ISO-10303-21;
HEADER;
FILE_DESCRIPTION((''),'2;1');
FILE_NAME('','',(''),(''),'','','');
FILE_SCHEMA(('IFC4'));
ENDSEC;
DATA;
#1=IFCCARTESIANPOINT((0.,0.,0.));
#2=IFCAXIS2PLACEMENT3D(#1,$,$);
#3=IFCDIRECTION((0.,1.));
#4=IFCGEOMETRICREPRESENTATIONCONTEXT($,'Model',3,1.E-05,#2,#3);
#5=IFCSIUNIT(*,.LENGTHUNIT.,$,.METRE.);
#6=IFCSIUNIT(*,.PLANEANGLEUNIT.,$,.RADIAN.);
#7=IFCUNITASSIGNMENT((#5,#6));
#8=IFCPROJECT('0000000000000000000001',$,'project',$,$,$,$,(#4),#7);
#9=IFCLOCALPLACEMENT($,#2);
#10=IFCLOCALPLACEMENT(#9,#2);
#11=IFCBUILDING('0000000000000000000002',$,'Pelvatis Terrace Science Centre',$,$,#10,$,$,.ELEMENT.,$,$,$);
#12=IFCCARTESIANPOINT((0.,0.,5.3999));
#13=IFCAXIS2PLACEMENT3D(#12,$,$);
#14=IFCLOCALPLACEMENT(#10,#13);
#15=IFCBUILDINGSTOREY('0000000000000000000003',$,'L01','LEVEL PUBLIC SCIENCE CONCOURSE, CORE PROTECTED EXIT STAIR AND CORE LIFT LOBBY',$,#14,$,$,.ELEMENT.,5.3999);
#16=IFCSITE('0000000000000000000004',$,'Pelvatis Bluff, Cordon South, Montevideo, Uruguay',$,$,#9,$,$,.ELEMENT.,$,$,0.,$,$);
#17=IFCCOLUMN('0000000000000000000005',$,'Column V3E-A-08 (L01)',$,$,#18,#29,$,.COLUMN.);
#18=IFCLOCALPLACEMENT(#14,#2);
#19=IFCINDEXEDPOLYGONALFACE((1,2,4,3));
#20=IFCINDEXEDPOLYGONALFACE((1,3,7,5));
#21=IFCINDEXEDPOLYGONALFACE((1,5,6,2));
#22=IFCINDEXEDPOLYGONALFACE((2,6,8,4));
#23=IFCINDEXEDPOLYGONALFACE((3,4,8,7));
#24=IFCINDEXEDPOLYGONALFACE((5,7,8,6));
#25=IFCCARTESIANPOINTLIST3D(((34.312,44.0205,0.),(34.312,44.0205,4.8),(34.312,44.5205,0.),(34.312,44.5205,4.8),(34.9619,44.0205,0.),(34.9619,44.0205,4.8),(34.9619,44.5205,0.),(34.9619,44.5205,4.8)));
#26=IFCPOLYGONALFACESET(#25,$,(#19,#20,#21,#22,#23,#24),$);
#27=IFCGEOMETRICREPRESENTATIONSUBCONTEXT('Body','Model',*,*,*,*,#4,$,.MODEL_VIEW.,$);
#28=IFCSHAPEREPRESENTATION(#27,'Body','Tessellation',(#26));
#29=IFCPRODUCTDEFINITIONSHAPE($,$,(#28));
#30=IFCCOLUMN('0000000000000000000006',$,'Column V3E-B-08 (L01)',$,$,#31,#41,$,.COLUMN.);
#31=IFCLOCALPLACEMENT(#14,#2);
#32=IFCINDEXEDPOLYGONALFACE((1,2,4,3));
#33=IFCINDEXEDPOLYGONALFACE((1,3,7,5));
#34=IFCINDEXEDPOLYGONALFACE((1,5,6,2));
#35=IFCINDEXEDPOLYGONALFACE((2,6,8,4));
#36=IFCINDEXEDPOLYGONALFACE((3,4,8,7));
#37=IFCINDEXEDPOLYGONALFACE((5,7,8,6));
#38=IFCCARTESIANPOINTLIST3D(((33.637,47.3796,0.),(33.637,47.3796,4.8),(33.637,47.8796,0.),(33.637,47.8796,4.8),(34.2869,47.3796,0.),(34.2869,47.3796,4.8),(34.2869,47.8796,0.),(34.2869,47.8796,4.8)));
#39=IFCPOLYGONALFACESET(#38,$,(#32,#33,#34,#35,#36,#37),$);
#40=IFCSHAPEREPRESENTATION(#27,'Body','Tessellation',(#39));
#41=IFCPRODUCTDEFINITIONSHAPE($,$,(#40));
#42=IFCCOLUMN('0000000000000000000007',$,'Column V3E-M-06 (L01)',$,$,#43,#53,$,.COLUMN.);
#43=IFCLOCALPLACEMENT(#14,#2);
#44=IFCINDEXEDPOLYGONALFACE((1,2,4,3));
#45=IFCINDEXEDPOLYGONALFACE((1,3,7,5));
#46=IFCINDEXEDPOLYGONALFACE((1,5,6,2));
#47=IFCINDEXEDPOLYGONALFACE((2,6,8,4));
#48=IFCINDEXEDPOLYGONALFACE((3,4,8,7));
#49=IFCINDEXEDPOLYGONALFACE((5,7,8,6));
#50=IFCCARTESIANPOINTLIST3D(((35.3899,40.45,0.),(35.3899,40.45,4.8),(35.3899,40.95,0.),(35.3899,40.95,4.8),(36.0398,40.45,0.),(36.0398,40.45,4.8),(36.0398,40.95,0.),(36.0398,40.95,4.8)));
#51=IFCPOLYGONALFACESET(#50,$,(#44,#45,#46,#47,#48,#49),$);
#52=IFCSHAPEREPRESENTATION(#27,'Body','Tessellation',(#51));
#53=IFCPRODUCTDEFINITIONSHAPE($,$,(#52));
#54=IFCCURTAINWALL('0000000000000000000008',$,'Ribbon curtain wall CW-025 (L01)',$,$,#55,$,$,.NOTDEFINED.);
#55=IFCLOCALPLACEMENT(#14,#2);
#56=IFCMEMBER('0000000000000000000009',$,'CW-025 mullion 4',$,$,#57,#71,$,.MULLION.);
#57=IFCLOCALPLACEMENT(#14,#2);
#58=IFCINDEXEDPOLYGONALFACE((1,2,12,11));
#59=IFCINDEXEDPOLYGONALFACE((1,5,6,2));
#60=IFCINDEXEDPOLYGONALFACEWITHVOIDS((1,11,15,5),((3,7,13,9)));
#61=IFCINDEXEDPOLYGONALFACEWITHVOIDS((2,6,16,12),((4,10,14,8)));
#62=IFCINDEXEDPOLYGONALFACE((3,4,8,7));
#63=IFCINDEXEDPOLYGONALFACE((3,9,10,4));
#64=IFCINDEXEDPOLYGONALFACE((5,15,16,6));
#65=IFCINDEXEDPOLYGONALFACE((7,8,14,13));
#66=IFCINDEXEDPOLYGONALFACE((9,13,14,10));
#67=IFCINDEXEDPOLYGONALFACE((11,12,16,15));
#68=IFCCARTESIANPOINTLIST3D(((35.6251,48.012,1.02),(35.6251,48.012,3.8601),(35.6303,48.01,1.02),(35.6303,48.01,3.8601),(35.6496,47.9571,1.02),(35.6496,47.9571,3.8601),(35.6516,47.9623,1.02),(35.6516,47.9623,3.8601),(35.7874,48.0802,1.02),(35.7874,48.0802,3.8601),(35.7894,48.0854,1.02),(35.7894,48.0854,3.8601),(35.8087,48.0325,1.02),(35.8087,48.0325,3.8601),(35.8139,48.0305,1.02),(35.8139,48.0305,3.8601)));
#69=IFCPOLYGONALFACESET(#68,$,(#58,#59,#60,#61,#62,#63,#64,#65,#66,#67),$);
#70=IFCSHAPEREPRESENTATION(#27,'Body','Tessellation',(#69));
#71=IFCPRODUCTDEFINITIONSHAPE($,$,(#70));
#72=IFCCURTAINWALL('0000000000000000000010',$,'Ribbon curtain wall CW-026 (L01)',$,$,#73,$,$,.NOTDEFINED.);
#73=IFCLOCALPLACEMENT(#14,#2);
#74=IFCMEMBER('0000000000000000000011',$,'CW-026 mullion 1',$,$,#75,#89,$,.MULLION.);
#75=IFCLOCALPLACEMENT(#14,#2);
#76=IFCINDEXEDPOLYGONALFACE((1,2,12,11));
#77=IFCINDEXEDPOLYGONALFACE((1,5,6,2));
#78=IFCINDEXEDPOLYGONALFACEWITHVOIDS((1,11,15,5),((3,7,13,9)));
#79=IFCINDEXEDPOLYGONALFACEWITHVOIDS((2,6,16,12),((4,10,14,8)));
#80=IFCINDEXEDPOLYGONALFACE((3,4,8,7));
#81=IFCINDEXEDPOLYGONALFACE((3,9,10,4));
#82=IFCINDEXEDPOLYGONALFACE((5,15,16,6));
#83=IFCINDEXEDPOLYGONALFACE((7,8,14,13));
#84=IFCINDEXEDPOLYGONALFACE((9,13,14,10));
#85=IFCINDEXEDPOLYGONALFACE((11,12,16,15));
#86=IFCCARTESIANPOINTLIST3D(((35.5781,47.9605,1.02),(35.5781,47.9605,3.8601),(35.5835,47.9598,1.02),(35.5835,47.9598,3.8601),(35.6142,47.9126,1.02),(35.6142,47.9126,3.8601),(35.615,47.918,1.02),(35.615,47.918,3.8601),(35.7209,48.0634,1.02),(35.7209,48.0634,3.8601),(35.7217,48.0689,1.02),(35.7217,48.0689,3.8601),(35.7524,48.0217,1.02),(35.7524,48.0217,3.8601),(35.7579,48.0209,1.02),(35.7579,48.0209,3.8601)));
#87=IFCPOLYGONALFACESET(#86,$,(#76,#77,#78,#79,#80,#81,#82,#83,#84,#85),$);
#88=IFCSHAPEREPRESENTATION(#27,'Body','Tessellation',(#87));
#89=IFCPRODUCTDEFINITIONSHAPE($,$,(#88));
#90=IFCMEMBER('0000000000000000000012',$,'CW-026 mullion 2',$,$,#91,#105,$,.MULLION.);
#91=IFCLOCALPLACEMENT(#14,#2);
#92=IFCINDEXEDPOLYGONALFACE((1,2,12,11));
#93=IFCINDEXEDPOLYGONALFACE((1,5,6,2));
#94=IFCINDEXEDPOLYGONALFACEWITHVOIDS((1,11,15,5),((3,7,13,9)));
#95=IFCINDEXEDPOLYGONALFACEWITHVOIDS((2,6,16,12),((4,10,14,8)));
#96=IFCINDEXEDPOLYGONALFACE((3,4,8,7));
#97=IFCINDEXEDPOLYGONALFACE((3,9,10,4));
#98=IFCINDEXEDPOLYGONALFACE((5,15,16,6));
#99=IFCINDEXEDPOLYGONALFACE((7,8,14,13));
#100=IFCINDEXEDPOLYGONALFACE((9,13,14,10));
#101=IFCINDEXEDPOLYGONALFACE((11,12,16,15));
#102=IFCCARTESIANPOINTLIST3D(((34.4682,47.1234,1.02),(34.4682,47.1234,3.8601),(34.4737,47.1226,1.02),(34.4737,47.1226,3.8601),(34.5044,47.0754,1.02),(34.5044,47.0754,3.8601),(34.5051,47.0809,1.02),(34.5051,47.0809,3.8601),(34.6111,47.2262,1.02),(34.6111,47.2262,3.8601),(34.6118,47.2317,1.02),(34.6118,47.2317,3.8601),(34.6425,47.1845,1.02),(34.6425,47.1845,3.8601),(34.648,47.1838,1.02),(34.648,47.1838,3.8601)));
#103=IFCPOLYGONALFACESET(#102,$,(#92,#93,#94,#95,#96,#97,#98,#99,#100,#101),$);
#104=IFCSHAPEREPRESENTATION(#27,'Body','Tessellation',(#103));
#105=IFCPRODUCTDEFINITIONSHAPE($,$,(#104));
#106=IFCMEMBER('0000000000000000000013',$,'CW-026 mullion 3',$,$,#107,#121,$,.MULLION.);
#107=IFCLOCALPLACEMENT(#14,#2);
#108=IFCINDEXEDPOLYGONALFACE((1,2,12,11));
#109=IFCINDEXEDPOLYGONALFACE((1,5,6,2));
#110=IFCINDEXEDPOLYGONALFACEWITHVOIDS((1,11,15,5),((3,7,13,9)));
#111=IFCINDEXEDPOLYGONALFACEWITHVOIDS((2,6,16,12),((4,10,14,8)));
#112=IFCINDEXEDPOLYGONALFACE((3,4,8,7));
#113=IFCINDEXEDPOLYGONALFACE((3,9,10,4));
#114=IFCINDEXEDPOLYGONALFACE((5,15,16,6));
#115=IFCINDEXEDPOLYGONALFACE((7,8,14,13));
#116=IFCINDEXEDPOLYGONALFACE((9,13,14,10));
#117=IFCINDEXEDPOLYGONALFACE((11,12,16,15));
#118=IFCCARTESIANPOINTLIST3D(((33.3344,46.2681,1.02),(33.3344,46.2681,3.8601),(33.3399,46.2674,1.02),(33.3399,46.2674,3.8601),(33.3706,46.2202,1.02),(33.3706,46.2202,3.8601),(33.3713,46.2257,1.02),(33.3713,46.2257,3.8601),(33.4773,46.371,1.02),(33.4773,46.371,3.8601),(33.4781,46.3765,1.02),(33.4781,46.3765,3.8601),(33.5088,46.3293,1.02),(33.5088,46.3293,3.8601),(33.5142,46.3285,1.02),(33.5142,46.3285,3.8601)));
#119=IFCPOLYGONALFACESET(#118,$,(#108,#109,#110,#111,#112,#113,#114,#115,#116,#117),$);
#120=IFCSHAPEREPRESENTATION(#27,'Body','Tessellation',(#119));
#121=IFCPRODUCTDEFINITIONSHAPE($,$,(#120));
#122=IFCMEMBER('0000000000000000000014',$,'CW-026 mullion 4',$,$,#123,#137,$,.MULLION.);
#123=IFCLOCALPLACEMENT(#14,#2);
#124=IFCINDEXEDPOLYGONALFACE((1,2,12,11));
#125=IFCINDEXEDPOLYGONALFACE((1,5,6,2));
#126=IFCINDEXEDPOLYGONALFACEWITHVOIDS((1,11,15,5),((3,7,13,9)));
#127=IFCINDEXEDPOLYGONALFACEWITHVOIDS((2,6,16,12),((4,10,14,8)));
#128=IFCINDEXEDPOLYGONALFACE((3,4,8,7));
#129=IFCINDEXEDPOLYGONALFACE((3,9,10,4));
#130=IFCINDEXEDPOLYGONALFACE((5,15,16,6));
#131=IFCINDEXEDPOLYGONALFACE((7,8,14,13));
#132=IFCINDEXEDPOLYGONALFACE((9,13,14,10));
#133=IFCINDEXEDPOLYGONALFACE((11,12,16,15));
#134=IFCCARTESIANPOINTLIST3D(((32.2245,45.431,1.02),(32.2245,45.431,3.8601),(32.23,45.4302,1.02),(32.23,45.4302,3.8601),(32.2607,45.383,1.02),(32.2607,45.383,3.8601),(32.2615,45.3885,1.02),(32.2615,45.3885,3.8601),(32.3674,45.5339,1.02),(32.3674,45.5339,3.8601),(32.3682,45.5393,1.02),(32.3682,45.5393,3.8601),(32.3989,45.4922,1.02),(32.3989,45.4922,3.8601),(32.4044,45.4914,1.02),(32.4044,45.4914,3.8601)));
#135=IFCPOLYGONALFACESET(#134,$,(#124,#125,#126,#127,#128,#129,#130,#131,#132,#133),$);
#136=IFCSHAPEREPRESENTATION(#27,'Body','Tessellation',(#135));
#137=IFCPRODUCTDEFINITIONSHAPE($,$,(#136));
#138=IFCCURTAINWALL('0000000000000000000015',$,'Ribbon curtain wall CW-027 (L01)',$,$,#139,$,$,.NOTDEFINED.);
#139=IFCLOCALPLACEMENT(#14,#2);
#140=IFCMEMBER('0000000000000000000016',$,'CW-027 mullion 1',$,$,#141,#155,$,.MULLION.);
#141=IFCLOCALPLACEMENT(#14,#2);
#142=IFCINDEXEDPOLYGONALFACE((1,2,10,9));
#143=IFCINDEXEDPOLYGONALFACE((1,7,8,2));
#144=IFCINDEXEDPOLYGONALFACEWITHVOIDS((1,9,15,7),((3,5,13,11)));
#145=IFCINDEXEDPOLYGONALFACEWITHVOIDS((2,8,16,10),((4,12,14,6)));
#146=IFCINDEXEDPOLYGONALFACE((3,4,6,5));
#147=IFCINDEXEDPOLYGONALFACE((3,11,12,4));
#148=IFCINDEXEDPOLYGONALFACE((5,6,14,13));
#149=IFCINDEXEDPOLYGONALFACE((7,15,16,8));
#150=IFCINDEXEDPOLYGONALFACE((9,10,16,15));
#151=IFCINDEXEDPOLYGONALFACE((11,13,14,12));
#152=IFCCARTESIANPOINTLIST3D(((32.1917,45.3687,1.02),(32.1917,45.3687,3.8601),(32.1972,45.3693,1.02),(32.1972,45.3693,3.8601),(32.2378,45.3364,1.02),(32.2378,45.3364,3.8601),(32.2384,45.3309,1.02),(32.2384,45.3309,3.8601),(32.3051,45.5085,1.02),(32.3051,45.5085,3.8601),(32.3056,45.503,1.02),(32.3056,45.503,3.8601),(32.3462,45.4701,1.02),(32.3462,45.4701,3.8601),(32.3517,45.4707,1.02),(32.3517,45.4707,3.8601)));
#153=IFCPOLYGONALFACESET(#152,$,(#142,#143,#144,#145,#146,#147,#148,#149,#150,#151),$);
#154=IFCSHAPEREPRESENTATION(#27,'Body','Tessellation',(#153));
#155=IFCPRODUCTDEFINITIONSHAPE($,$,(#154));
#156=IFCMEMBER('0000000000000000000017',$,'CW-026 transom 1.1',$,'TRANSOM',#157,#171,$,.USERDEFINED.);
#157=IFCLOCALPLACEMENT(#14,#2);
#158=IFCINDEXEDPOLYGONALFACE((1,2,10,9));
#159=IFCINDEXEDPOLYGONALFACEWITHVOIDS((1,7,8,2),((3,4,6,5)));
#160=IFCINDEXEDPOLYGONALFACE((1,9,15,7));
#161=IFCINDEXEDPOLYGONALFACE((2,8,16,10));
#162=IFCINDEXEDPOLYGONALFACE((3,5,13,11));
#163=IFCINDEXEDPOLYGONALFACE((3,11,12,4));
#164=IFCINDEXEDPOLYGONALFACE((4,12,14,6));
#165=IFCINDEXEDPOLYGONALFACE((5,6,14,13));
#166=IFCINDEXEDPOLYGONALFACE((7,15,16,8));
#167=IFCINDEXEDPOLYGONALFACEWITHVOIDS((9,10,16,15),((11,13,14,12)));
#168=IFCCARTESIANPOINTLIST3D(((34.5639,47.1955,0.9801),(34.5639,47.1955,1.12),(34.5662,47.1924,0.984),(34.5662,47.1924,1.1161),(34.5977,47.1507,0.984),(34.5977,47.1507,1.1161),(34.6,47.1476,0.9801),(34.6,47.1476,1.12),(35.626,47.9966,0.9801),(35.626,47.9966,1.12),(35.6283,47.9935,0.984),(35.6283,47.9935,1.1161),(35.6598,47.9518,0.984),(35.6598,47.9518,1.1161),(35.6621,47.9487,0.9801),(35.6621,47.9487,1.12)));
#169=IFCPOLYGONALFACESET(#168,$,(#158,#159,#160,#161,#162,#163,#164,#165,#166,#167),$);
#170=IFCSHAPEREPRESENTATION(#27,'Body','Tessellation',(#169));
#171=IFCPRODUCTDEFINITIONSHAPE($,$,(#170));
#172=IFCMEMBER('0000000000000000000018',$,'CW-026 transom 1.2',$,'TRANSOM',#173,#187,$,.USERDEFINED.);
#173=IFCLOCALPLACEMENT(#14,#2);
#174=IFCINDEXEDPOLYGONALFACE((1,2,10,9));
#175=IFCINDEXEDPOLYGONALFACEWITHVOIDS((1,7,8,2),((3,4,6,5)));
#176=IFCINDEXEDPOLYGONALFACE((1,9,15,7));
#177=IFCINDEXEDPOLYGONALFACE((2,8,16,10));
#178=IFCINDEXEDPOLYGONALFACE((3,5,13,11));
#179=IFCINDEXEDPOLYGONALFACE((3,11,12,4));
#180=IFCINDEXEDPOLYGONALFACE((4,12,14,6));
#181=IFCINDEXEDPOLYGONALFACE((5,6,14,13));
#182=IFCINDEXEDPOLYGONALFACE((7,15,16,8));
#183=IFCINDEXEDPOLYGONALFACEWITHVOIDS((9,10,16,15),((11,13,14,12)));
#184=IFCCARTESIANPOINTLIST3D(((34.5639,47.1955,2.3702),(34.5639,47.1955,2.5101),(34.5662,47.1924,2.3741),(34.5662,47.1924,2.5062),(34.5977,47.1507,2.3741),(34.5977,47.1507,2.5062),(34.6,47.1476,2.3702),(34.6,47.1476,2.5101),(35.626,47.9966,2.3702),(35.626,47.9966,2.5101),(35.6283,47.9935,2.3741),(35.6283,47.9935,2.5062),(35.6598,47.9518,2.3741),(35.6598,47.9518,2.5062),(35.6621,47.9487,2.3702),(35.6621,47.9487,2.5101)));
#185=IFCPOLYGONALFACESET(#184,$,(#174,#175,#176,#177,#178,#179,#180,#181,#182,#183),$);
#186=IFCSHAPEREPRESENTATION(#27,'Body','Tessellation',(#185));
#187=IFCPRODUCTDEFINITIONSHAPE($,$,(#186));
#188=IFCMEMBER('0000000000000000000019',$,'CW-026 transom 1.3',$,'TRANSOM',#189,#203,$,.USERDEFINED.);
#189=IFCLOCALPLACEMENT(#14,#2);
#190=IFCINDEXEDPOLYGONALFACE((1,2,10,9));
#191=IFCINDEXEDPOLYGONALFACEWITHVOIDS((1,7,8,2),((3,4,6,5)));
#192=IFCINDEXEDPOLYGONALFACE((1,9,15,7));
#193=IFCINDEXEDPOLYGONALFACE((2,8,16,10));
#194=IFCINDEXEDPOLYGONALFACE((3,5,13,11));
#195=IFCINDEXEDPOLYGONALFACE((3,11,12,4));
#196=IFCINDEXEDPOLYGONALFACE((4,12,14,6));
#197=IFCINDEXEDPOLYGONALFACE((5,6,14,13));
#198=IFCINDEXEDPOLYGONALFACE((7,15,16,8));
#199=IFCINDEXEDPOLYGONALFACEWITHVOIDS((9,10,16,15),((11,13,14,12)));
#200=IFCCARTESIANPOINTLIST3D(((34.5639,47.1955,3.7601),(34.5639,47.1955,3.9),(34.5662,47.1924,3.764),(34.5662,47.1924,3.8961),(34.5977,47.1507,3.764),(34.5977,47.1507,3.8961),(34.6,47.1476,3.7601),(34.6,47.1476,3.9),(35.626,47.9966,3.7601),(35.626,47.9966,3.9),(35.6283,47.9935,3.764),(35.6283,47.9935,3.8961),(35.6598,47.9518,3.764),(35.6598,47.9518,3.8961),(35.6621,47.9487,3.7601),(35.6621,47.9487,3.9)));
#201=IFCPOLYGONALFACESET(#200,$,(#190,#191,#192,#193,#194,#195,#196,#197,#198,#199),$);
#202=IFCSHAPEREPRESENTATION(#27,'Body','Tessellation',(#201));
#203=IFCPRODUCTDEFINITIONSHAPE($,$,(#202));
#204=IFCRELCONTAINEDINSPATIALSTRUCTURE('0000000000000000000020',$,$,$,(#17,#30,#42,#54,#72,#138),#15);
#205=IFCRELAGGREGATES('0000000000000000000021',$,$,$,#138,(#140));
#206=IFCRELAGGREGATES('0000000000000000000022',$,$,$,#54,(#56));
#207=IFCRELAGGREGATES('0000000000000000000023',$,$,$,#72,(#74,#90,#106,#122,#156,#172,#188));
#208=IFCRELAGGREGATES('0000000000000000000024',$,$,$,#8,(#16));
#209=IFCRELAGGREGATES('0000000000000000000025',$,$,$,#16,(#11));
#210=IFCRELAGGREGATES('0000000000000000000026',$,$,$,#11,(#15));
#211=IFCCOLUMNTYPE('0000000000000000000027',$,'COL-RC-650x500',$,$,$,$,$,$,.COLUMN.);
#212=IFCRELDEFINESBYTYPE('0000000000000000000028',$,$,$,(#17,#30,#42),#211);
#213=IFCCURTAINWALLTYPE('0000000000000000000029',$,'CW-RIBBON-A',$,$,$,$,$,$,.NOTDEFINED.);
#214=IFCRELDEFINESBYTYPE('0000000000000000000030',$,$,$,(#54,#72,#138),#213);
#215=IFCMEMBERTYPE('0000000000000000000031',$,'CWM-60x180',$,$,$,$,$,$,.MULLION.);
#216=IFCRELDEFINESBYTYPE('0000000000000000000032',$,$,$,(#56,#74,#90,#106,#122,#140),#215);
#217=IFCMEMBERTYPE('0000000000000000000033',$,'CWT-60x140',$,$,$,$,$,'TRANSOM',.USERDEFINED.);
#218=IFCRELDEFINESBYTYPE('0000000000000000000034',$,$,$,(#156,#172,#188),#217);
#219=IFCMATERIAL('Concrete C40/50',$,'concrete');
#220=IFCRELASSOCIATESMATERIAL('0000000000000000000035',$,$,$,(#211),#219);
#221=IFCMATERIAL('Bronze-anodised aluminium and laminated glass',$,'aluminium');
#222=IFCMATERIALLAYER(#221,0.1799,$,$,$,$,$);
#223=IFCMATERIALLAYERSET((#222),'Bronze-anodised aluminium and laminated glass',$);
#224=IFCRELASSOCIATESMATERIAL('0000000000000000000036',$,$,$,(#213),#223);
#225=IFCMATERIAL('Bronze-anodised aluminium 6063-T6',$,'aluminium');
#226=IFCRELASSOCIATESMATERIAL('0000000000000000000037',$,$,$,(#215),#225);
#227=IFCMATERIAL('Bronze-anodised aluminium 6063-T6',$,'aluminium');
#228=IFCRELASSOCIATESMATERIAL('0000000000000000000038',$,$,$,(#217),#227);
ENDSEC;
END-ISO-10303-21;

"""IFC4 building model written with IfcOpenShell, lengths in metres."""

from ifc_helpers import new_model, si_unit, direction, frame, origin, origin_2d, place, context, subcontext, project, spatial, rectangle, hollow_rectangle, extrude, material, layer, layer_set, material_profile, profile_set, type_object, element, aggregate, save


model = new_model("IFC4")

# Units and contexts
model_context = context("Model", 3, precision=1e-05, world=origin(), true_north=direction((0.0, 1.0)))
body_context = subcontext(model_context, "Body", "Model", "MODEL_VIEW")
ifc_project = project(units=[si_unit("LENGTHUNIT", "METRE"), si_unit("PLANEANGLEUNIT", "RADIAN")], contexts=[model_context])

# Site, building, storey
site_placement = place(None, origin())
site = spatial("IfcSite", under=ifc_project, at=site_placement, Name="Pelvatis Bluff, Cordon South, Montevideo, Uruguay", CompositionType="ELEMENT", RefElevation=0.0)
building_placement = place(site_placement, origin())
building = spatial("IfcBuilding", under=site, at=building_placement, Name="Pelvatis Terrace Science Centre", CompositionType="ELEMENT")
storey_placement = place(building_placement, frame((0.0, 0.0, 5.3999)))
storey = spatial("IfcBuildingStorey", under=building, at=storey_placement, Name="L01", Description="LEVEL PUBLIC SCIENCE CONCOURSE, CORE PROTECTED EXIT STAIR AND CORE LIFT LOBBY", CompositionType="ELEMENT", Elevation=5.3999)

# Columns
ifc_material_1 = material(Name="Concrete C40/50", Category="concrete")
ifc_material_profile_1 = material_profile(ifc_material_1, rectangle(XDim=0.6499, YDim=0.5, at=origin_2d()), Name="RC-COL 650x500")
ifc_profile_set_1 = profile_set([ifc_material_profile_1], Name="Concrete C40/50")
column_type = type_object("IfcColumnType", Name="COL-RC-650x500", PredefinedType="COLUMN", material=ifc_profile_set_1)
for number, where, z_axis, x_axis, name in (
    (1, (34.637, 44.2705, 0.0), (0.0, 0.0, 1.0), (1.0, 0.0, 0.0), "Column V3E-A-08 (L01)"),
    (2, (33.9619, 47.6296, 0.0), (0.0, 0.0, 1.0), (1.0, 0.0, 0.0), "Column V3E-B-08 (L01)"),
    (3, (35.7148, 40.7, 0.0), (0.0, 0.0, 1.0), (1.0, 0.0, 0.0), "Column V3E-M-06 (L01)"),
):
    element("IfcColumn", number, at=place(storey_placement, frame(where, z_axis=z_axis, x_axis=x_axis)), inside=storey, type_object=column_type, Name=name, PredefinedType="COLUMN", context=body_context, shape_type="SweptSolid", body=[
        extrude(rectangle(XDim=0.6499, YDim=0.5, at=origin_2d()), origin(), (0.0, 0.0, 1.0), 4.8),
    ])

# Curtain wall, member
ifc_material_2 = material(Name="Bronze-anodised aluminium and laminated glass", Category="aluminium")
ifc_layer_1 = layer(ifc_material_2, 0.1799)
ifc_layer_set_1 = layer_set([ifc_layer_1], Name="Bronze-anodised aluminium and laminated glass")
curtain_wall_type = type_object("IfcCurtainWallType", Name="CW-RIBBON-A", PredefinedType="NOTDEFINED", material=ifc_layer_set_1)
curtain_wall_1_placement = place(storey_placement, origin())
curtain_wall_1 = element("IfcCurtainWall", 4, at=curtain_wall_1_placement, inside=storey, type_object=curtain_wall_type, Name="Ribbon curtain wall CW-025 (L01)", PredefinedType="NOTDEFINED")
ifc_material_3 = material(Name="Bronze-anodised aluminium 6063-T6", Category="aluminium")
ifc_material_profile_2 = material_profile(ifc_material_3, hollow_rectangle(XDim=0.0601, YDim=0.1799, WallThickness=0.0039, at=origin_2d()), Name="ALU-MUL 60x180")
ifc_profile_set_2 = profile_set([ifc_material_profile_2], Name="Bronze-anodised aluminium 6063-T6")
member_type_1 = type_object("IfcMemberType", Name="CWM-60x180", PredefinedType="MULLION", material=ifc_profile_set_2)
member_1_placement = place(storey_placement, frame((35.7195, 48.0212, 1.02), z_axis=(0.0, 0.0, 1.0), x_axis=(0.407992, -0.912985, 0.0)))
member_1 = element("IfcMember", 5, at=member_1_placement, type_object=member_type_1, Name="CW-025 mullion 4", PredefinedType="MULLION", context=body_context, shape_type="SweptSolid", body=[
    extrude(hollow_rectangle(XDim=0.0601, YDim=0.1799, WallThickness=0.0039, at=origin_2d()), origin(), (0.0, 0.0, 1.0), 2.8401),
])

# Curtain wall, members
curtain_wall_2_placement = place(storey_placement, origin())
curtain_wall_2 = element("IfcCurtainWall", 6, at=curtain_wall_2_placement, inside=storey, type_object=curtain_wall_type, Name="Ribbon curtain wall CW-026 (L01)", PredefinedType="NOTDEFINED")
member_2_placement = place(storey_placement, frame((35.668, 47.9907, 1.02), z_axis=(0.0, 0.0, 1.0), x_axis=(0.602213, -0.798335, 0.0)))
member_2 = element("IfcMember", 7, at=member_2_placement, type_object=member_type_1, Name="CW-026 mullion 1", PredefinedType="MULLION", context=body_context, shape_type="SweptSolid", body=[
    extrude(hollow_rectangle(XDim=0.0601, YDim=0.1799, WallThickness=0.0039, at=origin_2d()), origin(), (0.0, 0.0, 1.0), 2.8401),
])
member_3_placement = place(storey_placement, frame((34.5581, 47.1536, 1.02), z_axis=(0.0, 0.0, 1.0), x_axis=(0.602213, -0.798335, 0.0)))
member_3 = element("IfcMember", 8, at=member_3_placement, type_object=member_type_1, Name="CW-026 mullion 2", PredefinedType="MULLION", context=body_context, shape_type="SweptSolid", body=[
    extrude(hollow_rectangle(XDim=0.0601, YDim=0.1799, WallThickness=0.0039, at=origin_2d()), origin(), (0.0, 0.0, 1.0), 2.8401),
])
member_4_placement = place(storey_placement, frame((33.4243, 46.2983, 1.02), z_axis=(0.0, 0.0, 1.0), x_axis=(0.602213, -0.798335, 0.0)))
member_4 = element("IfcMember", 9, at=member_4_placement, type_object=member_type_1, Name="CW-026 mullion 3", PredefinedType="MULLION", context=body_context, shape_type="SweptSolid", body=[
    extrude(hollow_rectangle(XDim=0.0601, YDim=0.1799, WallThickness=0.0039, at=origin_2d()), origin(), (0.0, 0.0, 1.0), 2.8401),
])
member_5_placement = place(storey_placement, frame((32.3145, 45.4612, 1.02), z_axis=(0.0, 0.0, 1.0), x_axis=(0.602213, -0.798335, 0.0)))
member_5 = element("IfcMember", 10, at=member_5_placement, type_object=member_type_1, Name="CW-026 mullion 4", PredefinedType="MULLION", context=body_context, shape_type="SweptSolid", body=[
    extrude(hollow_rectangle(XDim=0.0601, YDim=0.1799, WallThickness=0.0039, at=origin_2d()), origin(), (0.0, 0.0, 1.0), 2.8401),
])

# Curtain wall, member
curtain_wall_3_placement = place(storey_placement, origin())
curtain_wall_3 = element("IfcCurtainWall", 11, at=curtain_wall_3_placement, inside=storey, type_object=curtain_wall_type, Name="Ribbon curtain wall CW-027 (L01)", PredefinedType="NOTDEFINED")
member_6_placement = place(storey_placement, frame((32.2717, 45.4197, 1.02), z_axis=(0.0, 0.0, 1.0), x_axis=(0.776811, -0.629734, 0.0)))
member_6 = element("IfcMember", 12, at=member_6_placement, type_object=member_type_1, Name="CW-027 mullion 1", PredefinedType="MULLION", context=body_context, shape_type="SweptSolid", body=[
    extrude(hollow_rectangle(XDim=0.0601, YDim=0.1799, WallThickness=0.0039, at=origin_2d()), origin(), (0.0, 0.0, 1.0), 2.8401),
])

# Members
ifc_material_4 = material(Name="Bronze-anodised aluminium 6063-T6", Category="aluminium")
ifc_material_profile_3 = material_profile(ifc_material_4, hollow_rectangle(XDim=0.0601, YDim=0.1399, WallThickness=0.0039, at=origin_2d()), Name="ALU-TRN 60x140")
ifc_profile_set_3 = profile_set([ifc_material_profile_3], Name="Bronze-anodised aluminium 6063-T6")
member_type_2 = type_object("IfcMemberType", Name="CWT-60x140", ElementType="TRANSOM", PredefinedType="USERDEFINED", material=ifc_profile_set_3)
member_7_placement = place(storey_placement, frame((35.644, 47.9727, 1.05), z_axis=(-0.798367, -0.602171, 0.0), x_axis=(0.602171, -0.798367, 0.0)))
member_7 = element("IfcMember", 13, at=member_7_placement, type_object=member_type_2, Name="CW-026 transom 1.1", ObjectType="TRANSOM", PredefinedType="USERDEFINED", context=body_context, shape_type="SweptSolid", body=[
    extrude(hollow_rectangle(XDim=0.0601, YDim=0.1399, WallThickness=0.0039, at=origin_2d()), origin(), (0.0, 0.0, 1.0), 1.3303),
])
member_8_placement = place(storey_placement, frame((35.644, 47.9727, 2.4402), z_axis=(-0.798367, -0.602171, 0.0), x_axis=(0.602171, -0.798367, 0.0)))
member_8 = element("IfcMember", 14, at=member_8_placement, type_object=member_type_2, Name="CW-026 transom 1.2", ObjectType="TRANSOM", PredefinedType="USERDEFINED", context=body_context, shape_type="SweptSolid", body=[
    extrude(hollow_rectangle(XDim=0.0601, YDim=0.1399, WallThickness=0.0039, at=origin_2d()), origin(), (0.0, 0.0, 1.0), 1.3303),
])
member_9_placement = place(storey_placement, frame((35.644, 47.9727, 3.8301), z_axis=(-0.798367, -0.602171, 0.0), x_axis=(0.602171, -0.798367, 0.0)))
member_9 = element("IfcMember", 15, at=member_9_placement, type_object=member_type_2, Name="CW-026 transom 1.3", ObjectType="TRANSOM", PredefinedType="USERDEFINED", context=body_context, shape_type="SweptSolid", body=[
    extrude(hollow_rectangle(XDim=0.0601, YDim=0.1399, WallThickness=0.0039, at=origin_2d()), origin(), (0.0, 0.0, 1.0), 1.3303),
])
aggregate(curtain_wall_3, [member_6])

aggregate(curtain_wall_1, [member_1])
aggregate(curtain_wall_2, [member_2, member_3, member_4, member_5, member_7, member_8, member_9])

save(model, "model.ifc")
